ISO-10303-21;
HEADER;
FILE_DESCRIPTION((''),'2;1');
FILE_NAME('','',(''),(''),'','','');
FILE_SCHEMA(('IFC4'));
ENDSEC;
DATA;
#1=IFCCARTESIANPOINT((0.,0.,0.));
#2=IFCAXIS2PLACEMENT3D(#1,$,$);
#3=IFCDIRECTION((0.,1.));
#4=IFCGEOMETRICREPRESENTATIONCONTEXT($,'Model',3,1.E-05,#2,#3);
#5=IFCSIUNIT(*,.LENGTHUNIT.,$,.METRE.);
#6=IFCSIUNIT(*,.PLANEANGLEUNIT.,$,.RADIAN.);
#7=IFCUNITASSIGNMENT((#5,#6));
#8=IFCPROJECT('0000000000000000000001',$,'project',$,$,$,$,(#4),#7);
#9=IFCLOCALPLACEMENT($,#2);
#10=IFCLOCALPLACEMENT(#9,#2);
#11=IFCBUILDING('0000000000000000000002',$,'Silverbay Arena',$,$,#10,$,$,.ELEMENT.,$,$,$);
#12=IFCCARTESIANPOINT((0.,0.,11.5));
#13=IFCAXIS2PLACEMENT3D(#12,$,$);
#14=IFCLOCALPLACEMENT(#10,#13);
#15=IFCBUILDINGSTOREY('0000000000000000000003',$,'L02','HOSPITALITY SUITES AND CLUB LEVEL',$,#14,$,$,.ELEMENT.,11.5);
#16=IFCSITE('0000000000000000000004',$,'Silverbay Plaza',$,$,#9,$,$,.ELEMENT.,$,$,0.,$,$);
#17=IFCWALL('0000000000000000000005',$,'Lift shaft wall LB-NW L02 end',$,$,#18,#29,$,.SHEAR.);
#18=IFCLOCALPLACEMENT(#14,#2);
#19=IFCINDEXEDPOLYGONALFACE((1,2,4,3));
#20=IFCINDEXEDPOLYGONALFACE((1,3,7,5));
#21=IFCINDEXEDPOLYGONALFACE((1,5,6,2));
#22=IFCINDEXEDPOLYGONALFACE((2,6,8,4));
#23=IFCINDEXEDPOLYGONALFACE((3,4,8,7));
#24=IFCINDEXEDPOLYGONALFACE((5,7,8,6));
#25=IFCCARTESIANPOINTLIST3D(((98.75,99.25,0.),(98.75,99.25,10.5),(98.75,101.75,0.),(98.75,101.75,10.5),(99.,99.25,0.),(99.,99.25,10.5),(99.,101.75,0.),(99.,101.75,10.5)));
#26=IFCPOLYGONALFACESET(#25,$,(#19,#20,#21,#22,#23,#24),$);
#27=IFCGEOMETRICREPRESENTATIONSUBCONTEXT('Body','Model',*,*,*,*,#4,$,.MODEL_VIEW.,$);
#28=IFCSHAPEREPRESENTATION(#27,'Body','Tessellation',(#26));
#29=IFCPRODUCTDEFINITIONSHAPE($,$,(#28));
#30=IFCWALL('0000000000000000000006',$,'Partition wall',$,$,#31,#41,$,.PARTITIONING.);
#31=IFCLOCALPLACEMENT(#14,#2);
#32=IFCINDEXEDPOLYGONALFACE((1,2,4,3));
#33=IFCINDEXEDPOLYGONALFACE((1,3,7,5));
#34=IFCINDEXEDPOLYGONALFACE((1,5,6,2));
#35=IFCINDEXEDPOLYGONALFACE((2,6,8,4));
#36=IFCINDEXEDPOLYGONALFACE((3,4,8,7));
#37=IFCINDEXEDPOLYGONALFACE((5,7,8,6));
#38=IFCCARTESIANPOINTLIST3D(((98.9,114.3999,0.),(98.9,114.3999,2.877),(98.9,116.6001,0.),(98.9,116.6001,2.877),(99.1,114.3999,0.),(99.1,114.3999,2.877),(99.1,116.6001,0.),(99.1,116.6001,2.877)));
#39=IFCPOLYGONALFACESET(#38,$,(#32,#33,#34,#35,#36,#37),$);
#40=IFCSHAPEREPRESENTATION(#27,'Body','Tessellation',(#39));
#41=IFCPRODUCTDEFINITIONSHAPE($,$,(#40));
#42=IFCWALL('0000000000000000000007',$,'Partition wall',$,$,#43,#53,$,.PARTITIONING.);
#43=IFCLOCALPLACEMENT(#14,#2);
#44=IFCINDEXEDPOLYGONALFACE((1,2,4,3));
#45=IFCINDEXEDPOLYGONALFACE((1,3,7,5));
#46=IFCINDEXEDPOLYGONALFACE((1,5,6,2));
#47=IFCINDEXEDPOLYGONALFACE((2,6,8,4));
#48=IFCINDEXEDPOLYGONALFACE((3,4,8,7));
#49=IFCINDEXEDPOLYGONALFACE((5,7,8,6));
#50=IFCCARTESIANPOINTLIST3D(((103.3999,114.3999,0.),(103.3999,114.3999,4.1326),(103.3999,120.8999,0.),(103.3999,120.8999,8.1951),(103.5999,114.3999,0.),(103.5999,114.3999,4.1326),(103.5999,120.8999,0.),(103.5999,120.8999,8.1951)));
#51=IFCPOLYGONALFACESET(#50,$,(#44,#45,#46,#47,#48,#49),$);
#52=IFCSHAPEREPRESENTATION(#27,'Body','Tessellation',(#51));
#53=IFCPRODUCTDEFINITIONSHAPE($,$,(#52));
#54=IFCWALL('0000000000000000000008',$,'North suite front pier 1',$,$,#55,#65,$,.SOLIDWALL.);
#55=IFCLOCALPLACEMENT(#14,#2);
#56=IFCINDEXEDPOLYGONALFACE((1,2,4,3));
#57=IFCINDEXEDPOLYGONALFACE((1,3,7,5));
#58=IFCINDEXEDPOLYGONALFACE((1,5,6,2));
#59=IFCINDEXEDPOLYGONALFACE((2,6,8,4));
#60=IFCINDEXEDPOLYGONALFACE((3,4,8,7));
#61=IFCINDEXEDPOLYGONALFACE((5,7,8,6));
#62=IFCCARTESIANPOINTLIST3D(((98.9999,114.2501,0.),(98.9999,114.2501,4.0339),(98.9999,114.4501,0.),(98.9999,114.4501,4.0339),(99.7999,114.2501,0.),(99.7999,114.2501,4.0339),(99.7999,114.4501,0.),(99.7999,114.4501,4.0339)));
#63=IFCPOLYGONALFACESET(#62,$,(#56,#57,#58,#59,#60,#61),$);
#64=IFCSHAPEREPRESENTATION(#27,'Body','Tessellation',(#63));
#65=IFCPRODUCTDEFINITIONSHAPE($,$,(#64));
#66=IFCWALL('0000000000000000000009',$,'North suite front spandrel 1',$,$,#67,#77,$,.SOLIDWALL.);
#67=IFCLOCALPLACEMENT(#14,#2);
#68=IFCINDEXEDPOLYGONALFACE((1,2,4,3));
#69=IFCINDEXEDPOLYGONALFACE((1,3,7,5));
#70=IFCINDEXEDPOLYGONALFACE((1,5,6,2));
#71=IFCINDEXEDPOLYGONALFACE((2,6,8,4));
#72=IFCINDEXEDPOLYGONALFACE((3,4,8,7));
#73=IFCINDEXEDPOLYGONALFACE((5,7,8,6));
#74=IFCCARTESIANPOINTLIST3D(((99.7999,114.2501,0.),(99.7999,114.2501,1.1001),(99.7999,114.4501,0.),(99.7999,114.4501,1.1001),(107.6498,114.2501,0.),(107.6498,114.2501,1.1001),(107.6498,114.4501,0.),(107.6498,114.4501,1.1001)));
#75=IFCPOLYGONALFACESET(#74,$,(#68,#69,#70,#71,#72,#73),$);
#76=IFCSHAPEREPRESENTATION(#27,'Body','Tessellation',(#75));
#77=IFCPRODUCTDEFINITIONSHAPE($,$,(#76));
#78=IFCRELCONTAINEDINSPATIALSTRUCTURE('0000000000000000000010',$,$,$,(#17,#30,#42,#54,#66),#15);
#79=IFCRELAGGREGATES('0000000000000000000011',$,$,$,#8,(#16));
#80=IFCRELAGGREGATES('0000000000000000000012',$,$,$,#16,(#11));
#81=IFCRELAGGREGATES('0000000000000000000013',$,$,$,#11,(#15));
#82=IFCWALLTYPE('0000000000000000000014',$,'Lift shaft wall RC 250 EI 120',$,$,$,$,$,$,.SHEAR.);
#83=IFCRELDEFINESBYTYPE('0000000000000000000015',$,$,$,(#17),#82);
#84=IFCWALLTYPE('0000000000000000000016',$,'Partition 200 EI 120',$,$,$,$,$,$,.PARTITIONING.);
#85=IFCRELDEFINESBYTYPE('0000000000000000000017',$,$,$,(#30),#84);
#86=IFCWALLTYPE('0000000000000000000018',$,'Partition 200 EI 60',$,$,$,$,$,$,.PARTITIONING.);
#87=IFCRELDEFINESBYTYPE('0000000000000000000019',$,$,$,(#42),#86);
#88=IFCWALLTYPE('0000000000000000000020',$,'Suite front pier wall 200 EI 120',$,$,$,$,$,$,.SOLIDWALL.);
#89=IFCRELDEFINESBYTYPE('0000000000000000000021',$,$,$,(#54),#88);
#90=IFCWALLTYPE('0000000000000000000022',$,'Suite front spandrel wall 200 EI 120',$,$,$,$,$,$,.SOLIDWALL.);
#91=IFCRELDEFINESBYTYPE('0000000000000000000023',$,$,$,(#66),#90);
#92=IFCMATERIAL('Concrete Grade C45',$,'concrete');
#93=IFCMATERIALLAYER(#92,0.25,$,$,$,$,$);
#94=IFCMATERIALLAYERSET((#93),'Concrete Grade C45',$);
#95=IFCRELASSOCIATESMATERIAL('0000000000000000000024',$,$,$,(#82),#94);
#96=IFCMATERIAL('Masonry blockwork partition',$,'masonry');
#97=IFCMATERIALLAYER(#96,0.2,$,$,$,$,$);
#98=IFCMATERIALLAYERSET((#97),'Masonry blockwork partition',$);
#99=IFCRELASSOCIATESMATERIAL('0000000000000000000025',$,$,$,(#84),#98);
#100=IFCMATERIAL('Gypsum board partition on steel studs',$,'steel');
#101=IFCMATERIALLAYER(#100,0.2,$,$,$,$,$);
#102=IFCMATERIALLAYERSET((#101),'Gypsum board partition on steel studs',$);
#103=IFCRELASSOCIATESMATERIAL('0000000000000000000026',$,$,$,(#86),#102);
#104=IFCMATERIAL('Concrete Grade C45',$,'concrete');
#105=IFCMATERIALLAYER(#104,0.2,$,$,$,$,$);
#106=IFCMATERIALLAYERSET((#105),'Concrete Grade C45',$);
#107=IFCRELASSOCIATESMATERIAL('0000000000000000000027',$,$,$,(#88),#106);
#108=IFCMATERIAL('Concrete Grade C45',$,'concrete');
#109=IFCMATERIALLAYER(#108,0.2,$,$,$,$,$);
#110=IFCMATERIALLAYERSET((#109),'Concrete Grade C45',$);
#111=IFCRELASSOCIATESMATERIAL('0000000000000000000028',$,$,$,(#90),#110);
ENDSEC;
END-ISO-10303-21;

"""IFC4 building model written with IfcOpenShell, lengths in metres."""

from ifc_helpers import new_model, si_unit, direction, frame, frame_2d, origin, place, context, subcontext, project, spatial, polyline, rectangle, outline, extrude, material, layer, layer_set, type_object, element, save


model = new_model("IFC4")

# Units and contexts
model_context = context("Model", 3, precision=1e-05, world=origin(), true_north=direction((0.0, 1.0)))
body_context = subcontext(model_context, "Body", "Model", "MODEL_VIEW")
ifc_project = project(units=[si_unit("LENGTHUNIT", "METRE"), si_unit("PLANEANGLEUNIT", "RADIAN")], contexts=[model_context])

# Site, building, storey
site_placement = place(None, origin())
site = spatial("IfcSite", under=ifc_project, at=site_placement, Name="Silverbay Plaza", CompositionType="ELEMENT", RefElevation=0.0)
building_placement = place(site_placement, origin())
building = spatial("IfcBuilding", under=site, at=building_placement, Name="Silverbay Arena", CompositionType="ELEMENT")
storey_placement = place(building_placement, frame((0.0, 0.0, 11.5)))
storey = spatial("IfcBuildingStorey", under=building, at=storey_placement, Name="L02", Description="HOSPITALITY SUITES AND CLUB LEVEL", CompositionType="ELEMENT", Elevation=11.5)

# Walls
ifc_material_1 = material(Name="Concrete Grade C45", Category="concrete")
ifc_layer_1 = layer(ifc_material_1, 0.25)
ifc_layer_set_1 = layer_set([ifc_layer_1], Name="Concrete Grade C45")
wall_type_1 = type_object("IfcWallType", Name="Lift shaft wall RC 250 EI 120", PredefinedType="SHEAR", material=ifc_layer_set_1)
wall_1_placement = place(storey_placement, frame((98.875, 99.25, 0.0), z_axis=(0.0, 0.0, 1.0), x_axis=(0.0, 1.0, 0.0)))
element("IfcWall", 1, at=wall_1_placement, inside=storey, type_object=wall_type_1, Name="Lift shaft wall LB-NW L02 end", PredefinedType="SHEAR", context=body_context, shape_type="SweptSolid", body=[
    extrude(rectangle(XDim=2.5, YDim=0.25, at=frame_2d((1.25, 0.0))), origin(), (0.0, 0.0, 1.0), 10.5),
])
ifc_material_2 = material(Name="Masonry blockwork partition", Category="masonry")
ifc_layer_2 = layer(ifc_material_2, 0.2)
ifc_layer_set_2 = layer_set([ifc_layer_2], Name="Masonry blockwork partition")
wall_type_2 = type_object("IfcWallType", Name="Partition 200 EI 120", PredefinedType="PARTITIONING", material=ifc_layer_set_2)
wall_2_placement = place(storey_placement, frame((99.0, 114.3999, 0.0), z_axis=(0.0, 0.0, 1.0), x_axis=(0.0, 1.0, 0.0)))
element("IfcWall", 2, at=wall_2_placement, inside=storey, type_object=wall_type_2, Name="Partition wall", PredefinedType="PARTITIONING", context=body_context, shape_type="SweptSolid", body=[
    extrude(rectangle(XDim=2.2002, YDim=0.2, at=frame_2d((1.1001, 0.0))), origin(), (0.0, 0.0, 1.0), 2.877),
])
ifc_material_3 = material(Name="Gypsum board partition on steel studs", Category="steel")
ifc_layer_3 = layer(ifc_material_3, 0.2)
ifc_layer_set_3 = layer_set([ifc_layer_3], Name="Gypsum board partition on steel studs")
wall_type_3 = type_object("IfcWallType", Name="Partition 200 EI 60", PredefinedType="PARTITIONING", material=ifc_layer_set_3)
wall_3_placement = place(storey_placement, frame((103.5, 114.3999, 0.0), z_axis=(0.0, 0.0, 1.0), x_axis=(0.0, 1.0, 0.0)))
element("IfcWall", 3, at=wall_3_placement, inside=storey, type_object=wall_type_3, Name="Partition wall", PredefinedType="PARTITIONING", context=body_context, shape_type="SweptSolid", body=[
    extrude(outline(polyline([(0.0, 0.0), (6.5, 0.0), (6.5, 8.1951), (0.0, 4.1326), (0.0, 0.0)])), frame((0.0, 0.1001, 0.0), z_axis=(0.0, -1.0, 0.0), x_axis=(1.0, 0.0, 0.0)), (0.0, 0.0, 1.0), 0.2),
])
ifc_material_4 = material(Name="Concrete Grade C45", Category="concrete")
ifc_layer_4 = layer(ifc_material_4, 0.2)
ifc_layer_set_4 = layer_set([ifc_layer_4], Name="Concrete Grade C45")
wall_type_4 = type_object("IfcWallType", Name="Suite front pier wall 200 EI 120", PredefinedType="SOLIDWALL", material=ifc_layer_set_4)
wall_4_placement = place(storey_placement, frame((99.0, 114.3501, 0.0), z_axis=(0.0, 0.0, 1.0), x_axis=(1.0, 0.0, 0.0)))
element("IfcWall", 4, at=wall_4_placement, inside=storey, type_object=wall_type_4, Name="North suite front pier 1", PredefinedType="SOLIDWALL", context=body_context, shape_type="SweptSolid", body=[
    extrude(rectangle(XDim=0.8, YDim=0.2, at=frame_2d((0.3999, 0.0))), origin(), (0.0, 0.0, 1.0), 4.0339),
])
ifc_material_5 = material(Name="Concrete Grade C45", Category="concrete")
ifc_layer_5 = layer(ifc_material_5, 0.2)
ifc_layer_set_5 = layer_set([ifc_layer_5], Name="Concrete Grade C45")
wall_type_5 = type_object("IfcWallType", Name="Suite front spandrel wall 200 EI 120", PredefinedType="SOLIDWALL", material=ifc_layer_set_5)
wall_5_placement = place(storey_placement, frame((99.8, 114.3501, 0.0), z_axis=(0.0, 0.0, 1.0), x_axis=(1.0, 0.0, 0.0)))
element("IfcWall", 5, at=wall_5_placement, inside=storey, type_object=wall_type_5, Name="North suite front spandrel 1", PredefinedType="SOLIDWALL", context=body_context, shape_type="SweptSolid", body=[
    extrude(rectangle(XDim=7.8499, YDim=0.2, at=frame_2d((3.9248, 0.0))), origin(), (0.0, 0.0, 1.0), 1.1001),
])

save(model, "model.ifc")
